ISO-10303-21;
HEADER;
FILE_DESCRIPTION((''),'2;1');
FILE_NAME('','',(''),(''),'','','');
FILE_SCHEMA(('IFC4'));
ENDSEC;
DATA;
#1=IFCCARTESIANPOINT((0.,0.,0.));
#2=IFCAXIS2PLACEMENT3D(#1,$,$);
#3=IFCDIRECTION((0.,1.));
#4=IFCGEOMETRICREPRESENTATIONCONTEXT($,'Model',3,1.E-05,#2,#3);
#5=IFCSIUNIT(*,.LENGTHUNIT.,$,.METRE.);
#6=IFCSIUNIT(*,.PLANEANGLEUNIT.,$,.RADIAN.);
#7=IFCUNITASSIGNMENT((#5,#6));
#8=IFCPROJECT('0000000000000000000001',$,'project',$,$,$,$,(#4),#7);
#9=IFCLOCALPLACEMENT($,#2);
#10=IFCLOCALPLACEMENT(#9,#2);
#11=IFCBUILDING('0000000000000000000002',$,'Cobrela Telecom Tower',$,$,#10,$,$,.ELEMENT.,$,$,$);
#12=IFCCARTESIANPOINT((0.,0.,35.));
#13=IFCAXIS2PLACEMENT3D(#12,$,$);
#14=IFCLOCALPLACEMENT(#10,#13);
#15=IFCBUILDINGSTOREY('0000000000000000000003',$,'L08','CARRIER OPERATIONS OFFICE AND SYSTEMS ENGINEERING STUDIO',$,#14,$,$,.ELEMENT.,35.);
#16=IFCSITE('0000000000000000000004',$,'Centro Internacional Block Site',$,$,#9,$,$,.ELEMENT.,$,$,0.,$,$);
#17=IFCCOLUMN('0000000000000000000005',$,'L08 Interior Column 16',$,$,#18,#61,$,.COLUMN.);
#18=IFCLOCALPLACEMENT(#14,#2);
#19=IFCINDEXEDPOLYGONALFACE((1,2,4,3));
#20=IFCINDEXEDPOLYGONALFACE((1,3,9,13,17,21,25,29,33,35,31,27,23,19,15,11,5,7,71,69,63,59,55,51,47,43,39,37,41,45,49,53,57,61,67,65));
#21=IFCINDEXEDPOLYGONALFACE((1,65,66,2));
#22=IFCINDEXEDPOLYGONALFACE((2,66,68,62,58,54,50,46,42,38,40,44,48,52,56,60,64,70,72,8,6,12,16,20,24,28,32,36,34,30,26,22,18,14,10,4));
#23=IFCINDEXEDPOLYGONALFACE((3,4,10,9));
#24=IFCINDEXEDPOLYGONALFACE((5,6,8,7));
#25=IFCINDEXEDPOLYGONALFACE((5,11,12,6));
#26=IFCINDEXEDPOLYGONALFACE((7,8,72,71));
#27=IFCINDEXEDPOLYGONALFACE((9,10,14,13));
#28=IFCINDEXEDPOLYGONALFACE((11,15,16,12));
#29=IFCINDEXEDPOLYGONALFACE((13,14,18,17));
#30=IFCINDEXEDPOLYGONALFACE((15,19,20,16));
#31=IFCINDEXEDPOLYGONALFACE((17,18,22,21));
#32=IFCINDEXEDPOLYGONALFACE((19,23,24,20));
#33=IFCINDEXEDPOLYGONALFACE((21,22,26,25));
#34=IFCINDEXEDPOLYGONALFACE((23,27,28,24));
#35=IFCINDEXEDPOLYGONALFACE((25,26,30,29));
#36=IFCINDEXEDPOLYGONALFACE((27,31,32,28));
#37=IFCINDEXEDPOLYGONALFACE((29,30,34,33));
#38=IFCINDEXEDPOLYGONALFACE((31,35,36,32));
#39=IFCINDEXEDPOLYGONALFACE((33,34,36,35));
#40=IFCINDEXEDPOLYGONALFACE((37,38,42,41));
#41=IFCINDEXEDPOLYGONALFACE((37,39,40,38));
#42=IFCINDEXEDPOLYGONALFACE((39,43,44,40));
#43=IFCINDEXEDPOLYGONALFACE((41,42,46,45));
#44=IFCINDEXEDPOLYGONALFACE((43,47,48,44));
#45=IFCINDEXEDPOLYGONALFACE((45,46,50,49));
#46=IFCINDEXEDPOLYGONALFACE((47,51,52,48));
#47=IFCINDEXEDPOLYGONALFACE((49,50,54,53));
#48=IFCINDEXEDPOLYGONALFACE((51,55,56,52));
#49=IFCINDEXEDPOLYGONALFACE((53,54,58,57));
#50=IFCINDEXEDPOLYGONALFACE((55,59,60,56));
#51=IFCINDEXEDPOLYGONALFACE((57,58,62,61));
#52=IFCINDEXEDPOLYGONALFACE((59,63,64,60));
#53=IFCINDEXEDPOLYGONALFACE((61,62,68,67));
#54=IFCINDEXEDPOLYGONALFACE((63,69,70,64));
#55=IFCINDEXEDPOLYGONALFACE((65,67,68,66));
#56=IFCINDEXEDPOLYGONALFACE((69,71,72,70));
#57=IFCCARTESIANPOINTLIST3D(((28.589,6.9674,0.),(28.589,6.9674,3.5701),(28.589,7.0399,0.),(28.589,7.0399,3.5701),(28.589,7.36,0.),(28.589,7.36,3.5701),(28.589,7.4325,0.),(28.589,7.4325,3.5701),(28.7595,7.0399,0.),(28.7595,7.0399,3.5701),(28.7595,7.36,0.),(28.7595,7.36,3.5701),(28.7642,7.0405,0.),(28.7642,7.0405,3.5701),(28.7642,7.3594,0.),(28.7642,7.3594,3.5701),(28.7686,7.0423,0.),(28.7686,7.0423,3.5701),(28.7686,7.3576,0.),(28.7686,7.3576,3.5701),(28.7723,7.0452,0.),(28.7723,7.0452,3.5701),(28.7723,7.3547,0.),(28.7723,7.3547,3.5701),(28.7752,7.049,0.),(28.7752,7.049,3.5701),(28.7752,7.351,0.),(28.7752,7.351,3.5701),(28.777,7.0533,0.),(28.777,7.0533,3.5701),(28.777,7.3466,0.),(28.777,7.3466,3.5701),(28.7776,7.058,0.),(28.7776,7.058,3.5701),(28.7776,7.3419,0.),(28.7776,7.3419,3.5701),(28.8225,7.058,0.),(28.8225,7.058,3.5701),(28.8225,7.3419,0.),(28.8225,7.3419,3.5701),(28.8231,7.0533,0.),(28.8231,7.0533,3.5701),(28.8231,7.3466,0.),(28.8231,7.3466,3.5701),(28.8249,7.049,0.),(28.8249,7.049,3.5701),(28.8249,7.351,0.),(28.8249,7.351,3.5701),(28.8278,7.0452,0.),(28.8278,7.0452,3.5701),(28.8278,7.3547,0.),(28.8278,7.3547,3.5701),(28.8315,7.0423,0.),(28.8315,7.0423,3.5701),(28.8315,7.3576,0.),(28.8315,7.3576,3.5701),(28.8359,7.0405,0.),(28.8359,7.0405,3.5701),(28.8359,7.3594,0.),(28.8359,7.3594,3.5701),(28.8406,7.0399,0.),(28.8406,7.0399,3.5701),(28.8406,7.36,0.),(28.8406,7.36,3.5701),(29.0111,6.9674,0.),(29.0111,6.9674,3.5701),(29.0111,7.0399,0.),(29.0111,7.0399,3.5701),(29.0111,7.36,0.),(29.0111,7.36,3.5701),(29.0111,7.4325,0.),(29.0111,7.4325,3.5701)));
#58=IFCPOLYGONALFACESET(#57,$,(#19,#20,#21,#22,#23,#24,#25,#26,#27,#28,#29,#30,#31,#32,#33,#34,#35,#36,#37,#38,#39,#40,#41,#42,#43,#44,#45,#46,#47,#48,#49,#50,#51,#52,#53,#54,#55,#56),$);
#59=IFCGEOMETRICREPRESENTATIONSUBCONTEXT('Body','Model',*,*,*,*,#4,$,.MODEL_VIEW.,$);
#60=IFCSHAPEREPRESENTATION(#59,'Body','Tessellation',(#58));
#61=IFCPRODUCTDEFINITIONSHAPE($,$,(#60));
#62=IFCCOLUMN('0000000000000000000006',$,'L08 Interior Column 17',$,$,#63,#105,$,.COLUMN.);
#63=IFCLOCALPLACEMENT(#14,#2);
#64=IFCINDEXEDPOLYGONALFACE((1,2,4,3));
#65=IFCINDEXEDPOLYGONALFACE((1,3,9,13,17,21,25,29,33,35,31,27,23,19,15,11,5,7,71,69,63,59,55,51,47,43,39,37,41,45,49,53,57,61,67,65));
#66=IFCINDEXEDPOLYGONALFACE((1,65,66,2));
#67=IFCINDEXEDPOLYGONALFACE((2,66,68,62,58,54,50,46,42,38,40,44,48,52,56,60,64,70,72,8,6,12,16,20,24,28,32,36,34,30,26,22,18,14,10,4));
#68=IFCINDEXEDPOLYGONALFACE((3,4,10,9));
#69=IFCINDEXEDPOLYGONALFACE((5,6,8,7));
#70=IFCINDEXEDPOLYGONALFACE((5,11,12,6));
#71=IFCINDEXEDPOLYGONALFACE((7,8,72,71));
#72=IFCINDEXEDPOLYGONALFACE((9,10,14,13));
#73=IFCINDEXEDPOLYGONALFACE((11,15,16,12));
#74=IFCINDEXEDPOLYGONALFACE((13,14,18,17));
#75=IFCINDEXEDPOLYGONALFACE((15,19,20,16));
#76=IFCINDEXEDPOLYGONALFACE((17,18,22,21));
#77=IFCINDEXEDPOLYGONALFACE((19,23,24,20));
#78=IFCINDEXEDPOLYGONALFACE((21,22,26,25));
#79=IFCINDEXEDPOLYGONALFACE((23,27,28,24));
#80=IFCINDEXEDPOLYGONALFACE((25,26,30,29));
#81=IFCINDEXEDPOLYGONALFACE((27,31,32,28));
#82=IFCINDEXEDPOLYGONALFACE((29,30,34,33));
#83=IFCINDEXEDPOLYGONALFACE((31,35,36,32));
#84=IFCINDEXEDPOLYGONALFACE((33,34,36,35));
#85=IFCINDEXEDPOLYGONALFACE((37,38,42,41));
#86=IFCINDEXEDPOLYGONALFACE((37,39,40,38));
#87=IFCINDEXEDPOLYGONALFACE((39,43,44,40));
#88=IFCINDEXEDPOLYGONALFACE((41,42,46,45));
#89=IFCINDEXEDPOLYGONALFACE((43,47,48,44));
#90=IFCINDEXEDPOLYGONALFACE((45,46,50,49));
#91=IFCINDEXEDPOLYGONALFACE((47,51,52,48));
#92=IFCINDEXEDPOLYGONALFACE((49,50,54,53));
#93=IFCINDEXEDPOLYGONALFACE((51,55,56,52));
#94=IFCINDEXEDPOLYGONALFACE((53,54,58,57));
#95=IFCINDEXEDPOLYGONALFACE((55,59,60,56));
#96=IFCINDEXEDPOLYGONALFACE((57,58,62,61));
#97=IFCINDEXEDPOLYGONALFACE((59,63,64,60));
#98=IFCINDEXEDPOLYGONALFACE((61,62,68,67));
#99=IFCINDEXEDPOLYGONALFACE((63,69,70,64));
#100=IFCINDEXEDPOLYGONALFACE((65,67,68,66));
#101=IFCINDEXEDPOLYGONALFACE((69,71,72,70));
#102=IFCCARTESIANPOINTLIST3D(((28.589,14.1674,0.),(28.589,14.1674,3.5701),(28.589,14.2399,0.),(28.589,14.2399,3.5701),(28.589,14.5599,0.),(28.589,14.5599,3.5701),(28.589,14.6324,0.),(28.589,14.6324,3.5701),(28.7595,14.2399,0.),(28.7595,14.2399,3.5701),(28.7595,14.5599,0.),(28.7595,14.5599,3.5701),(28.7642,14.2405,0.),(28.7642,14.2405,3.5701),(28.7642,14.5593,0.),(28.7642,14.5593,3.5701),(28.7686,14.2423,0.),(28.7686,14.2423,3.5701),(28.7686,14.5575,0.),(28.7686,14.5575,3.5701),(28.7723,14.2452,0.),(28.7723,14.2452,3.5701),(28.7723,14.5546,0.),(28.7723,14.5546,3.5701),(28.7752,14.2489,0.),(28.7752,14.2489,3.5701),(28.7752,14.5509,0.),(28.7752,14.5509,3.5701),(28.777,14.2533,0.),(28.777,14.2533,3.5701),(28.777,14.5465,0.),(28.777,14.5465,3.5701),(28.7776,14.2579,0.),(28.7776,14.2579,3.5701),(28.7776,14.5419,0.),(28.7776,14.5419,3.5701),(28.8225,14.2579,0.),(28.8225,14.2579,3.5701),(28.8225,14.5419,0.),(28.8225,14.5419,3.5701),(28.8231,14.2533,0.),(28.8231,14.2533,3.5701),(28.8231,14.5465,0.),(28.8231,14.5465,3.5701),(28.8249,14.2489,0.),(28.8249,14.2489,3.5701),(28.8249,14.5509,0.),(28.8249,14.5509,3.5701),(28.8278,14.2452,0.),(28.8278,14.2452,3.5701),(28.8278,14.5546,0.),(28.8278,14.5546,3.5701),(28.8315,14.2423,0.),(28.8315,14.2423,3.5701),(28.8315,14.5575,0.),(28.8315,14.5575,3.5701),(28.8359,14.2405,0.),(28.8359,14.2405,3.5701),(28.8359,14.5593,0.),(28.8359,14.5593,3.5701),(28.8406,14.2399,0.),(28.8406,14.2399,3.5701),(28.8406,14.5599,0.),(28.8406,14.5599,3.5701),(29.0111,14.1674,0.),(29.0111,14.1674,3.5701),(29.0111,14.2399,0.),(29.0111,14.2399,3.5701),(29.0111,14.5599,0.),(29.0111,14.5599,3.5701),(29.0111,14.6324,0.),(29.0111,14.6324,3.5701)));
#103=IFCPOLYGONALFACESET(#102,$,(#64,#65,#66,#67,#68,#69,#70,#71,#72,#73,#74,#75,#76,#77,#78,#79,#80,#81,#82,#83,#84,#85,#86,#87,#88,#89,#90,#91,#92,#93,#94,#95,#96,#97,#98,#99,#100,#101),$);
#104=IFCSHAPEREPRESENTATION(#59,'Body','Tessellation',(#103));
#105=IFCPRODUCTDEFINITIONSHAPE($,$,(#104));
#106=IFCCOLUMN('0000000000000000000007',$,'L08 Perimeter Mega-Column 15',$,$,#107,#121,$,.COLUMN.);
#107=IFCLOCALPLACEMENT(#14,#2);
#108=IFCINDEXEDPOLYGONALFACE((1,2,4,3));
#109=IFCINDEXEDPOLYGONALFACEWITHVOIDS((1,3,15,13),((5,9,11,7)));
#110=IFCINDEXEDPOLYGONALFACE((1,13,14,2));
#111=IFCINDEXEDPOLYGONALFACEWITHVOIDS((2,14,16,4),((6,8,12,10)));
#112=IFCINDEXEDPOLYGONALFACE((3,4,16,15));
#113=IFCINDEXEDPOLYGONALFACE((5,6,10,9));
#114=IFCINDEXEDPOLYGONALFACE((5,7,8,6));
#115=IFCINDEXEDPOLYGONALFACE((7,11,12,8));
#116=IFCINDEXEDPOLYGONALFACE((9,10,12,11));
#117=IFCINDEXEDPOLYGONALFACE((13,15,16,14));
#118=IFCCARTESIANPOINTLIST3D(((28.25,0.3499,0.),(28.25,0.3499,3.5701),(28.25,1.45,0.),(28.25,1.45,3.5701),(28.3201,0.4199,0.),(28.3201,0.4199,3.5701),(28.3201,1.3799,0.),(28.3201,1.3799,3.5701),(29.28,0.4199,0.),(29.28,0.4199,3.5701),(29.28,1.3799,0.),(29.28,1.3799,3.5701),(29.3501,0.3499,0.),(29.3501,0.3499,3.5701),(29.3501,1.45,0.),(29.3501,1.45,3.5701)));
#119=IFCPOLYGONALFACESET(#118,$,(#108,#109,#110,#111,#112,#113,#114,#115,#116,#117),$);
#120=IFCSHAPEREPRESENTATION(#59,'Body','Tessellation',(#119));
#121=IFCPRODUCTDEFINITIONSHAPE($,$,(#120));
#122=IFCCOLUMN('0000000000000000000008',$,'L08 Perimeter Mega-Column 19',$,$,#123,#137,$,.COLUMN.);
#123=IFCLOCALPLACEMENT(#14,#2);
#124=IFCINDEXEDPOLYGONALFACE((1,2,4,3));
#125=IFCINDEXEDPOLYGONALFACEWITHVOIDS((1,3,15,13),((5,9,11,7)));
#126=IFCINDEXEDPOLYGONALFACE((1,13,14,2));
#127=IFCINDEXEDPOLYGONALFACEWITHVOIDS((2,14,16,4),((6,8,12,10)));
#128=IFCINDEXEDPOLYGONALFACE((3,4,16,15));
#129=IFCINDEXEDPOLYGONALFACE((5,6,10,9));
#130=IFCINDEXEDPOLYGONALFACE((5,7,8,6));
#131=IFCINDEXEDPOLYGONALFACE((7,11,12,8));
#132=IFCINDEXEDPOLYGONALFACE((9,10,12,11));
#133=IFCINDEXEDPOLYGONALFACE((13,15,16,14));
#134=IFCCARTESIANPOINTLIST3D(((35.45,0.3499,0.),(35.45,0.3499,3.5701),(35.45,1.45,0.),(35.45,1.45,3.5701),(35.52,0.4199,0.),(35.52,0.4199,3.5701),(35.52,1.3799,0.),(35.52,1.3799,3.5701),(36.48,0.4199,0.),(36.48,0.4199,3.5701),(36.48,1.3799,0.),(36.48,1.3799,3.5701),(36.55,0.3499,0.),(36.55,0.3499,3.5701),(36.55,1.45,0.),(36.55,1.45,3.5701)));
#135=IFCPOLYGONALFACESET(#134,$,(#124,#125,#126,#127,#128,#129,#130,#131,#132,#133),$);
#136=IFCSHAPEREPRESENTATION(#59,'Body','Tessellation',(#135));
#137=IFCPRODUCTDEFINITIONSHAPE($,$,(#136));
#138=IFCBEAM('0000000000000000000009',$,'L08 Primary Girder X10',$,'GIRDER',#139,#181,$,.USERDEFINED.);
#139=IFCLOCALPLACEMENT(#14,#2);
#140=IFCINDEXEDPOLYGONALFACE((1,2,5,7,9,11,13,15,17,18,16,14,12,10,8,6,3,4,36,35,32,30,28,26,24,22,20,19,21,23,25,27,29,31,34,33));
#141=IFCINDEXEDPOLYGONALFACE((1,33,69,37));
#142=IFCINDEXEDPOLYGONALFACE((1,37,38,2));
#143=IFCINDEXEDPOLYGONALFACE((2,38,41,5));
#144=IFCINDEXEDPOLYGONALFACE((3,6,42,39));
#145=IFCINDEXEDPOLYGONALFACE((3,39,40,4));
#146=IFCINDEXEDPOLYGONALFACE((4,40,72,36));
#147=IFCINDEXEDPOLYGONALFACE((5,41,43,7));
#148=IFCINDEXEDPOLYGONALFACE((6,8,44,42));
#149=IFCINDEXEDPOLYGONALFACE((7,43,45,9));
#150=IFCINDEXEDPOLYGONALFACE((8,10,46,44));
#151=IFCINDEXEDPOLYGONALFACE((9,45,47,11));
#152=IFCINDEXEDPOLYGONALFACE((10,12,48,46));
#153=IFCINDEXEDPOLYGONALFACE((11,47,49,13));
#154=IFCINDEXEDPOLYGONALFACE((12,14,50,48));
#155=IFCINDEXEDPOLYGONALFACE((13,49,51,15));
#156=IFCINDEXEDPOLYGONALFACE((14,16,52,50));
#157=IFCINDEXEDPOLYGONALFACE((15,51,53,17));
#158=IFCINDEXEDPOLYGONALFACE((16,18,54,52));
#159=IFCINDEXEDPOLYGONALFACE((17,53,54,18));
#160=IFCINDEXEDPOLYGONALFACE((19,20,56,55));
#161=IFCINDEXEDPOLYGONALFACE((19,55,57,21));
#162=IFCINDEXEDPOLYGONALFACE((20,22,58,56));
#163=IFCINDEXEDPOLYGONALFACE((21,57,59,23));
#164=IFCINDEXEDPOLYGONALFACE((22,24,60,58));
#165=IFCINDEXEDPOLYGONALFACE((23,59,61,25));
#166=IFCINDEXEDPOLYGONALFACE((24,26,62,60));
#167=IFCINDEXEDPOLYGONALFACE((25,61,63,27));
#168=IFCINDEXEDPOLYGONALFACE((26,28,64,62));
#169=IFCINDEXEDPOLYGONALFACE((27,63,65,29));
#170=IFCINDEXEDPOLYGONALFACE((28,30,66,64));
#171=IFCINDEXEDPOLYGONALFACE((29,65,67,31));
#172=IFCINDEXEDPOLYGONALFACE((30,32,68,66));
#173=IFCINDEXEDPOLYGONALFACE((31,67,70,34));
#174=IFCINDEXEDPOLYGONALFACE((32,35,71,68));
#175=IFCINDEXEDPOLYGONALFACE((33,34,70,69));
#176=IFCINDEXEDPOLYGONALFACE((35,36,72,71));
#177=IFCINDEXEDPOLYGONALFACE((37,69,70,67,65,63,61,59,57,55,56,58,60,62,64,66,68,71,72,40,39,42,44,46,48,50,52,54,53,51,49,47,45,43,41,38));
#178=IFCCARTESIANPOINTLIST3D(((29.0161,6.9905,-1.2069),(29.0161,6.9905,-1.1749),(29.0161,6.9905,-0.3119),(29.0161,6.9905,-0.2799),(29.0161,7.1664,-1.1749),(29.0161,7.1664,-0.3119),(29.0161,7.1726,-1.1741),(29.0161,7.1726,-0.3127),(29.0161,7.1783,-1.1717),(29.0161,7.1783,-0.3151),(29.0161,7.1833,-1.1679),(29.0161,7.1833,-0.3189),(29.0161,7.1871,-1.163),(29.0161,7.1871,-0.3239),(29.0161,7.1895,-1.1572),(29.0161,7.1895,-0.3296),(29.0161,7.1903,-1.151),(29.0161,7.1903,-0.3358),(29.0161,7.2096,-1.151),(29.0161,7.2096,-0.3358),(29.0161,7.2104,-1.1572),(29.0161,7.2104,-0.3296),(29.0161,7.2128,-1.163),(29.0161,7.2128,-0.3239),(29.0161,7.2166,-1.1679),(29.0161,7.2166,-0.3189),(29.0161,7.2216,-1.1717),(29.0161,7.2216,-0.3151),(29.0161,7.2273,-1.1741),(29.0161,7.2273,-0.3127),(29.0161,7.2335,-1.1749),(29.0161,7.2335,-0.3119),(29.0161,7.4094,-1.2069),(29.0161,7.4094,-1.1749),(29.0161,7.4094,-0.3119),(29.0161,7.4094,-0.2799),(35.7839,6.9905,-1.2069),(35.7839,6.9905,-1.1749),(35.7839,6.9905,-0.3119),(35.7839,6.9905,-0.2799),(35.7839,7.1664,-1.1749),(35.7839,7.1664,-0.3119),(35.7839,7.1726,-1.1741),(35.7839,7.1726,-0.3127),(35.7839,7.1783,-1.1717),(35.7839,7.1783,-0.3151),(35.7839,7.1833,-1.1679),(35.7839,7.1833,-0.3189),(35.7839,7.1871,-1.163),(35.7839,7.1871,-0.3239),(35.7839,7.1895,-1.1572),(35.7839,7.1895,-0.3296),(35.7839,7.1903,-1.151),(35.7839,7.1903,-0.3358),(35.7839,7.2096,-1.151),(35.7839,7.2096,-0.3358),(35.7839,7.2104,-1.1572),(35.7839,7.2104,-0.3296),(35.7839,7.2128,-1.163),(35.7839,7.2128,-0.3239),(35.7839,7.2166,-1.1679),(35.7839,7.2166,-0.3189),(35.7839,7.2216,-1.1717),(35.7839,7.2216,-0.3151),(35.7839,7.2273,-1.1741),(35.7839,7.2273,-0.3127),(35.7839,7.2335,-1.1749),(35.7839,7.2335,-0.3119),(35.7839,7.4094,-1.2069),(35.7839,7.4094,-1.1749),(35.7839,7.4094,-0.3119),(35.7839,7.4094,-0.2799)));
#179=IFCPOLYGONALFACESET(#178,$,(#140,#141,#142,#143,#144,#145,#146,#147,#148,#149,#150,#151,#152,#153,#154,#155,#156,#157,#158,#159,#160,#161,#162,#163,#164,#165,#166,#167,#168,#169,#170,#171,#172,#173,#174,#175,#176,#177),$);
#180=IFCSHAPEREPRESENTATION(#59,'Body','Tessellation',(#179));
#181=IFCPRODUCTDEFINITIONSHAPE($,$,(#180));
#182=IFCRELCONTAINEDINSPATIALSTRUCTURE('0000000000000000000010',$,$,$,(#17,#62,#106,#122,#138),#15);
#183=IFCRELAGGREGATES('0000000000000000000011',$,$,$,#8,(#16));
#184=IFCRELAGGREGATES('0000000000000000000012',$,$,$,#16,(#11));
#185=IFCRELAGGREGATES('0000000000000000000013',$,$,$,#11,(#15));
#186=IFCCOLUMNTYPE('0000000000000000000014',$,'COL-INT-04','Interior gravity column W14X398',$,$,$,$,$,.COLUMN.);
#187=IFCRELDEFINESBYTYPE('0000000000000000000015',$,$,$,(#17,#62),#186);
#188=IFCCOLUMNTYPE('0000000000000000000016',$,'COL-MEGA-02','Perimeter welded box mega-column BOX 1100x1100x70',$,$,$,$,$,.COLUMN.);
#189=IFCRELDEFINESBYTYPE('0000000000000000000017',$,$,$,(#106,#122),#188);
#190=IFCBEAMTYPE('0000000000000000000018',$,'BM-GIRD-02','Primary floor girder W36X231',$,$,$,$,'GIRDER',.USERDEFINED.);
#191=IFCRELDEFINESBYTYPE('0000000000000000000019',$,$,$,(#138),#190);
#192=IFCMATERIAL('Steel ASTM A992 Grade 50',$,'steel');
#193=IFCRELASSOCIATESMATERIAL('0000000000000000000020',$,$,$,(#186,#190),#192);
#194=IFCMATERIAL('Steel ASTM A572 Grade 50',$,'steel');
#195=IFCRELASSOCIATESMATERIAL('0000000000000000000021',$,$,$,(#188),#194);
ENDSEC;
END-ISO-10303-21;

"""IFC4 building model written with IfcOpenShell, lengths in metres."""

from ifc_helpers import new_model, si_unit, direction, frame, origin, origin_2d, place, context, subcontext, project, spatial, hollow_rectangle, i_section, extrude, material, material_profile, profile_set, type_object, element, save


model = new_model("IFC4")

# Units and contexts
model_context = context("Model", 3, precision=1e-05, world=origin(), true_north=direction((0.0, 1.0)))
body_context = subcontext(model_context, "Body", "Model", "MODEL_VIEW")
ifc_project = project(units=[si_unit("LENGTHUNIT", "METRE"), si_unit("PLANEANGLEUNIT", "RADIAN")], contexts=[model_context])

# Site, building, storey
site_placement = place(None, origin())
site = spatial("IfcSite", under=ifc_project, at=site_placement, Name="Centro Internacional Block Site", CompositionType="ELEMENT", RefElevation=0.0)
building_placement = place(site_placement, origin())
building = spatial("IfcBuilding", under=site, at=building_placement, Name="Cobrela Telecom Tower", CompositionType="ELEMENT")
storey_placement = place(building_placement, frame((0.0, 0.0, 35.0)))
storey = spatial("IfcBuildingStorey", under=building, at=storey_placement, Name="L08", Description="CARRIER OPERATIONS OFFICE AND SYSTEMS ENGINEERING STUDIO", CompositionType="ELEMENT", Elevation=35.0)

# Columns
ifc_material_1 = material(Name="Steel ASTM A992 Grade 50", Category="steel")
ifc_material_profile_1 = material_profile(ifc_material_1, i_section(OverallWidth=0.4221, OverallDepth=0.4651, WebThickness=0.0449, FlangeThickness=0.0725, FilletRadius=0.0181, at=origin_2d()), Name="W14X398")
ifc_profile_set_1 = profile_set([ifc_material_profile_1], Name="Steel ASTM A992 Grade 50")
column_type_1 = type_object("IfcColumnType", Name="COL-INT-04", Description="Interior gravity column W14X398", PredefinedType="COLUMN", material=ifc_profile_set_1)
for number, where, z_axis, x_axis, name in (
    (1, (28.8, 7.2, 0.0), (0.0, 0.0, 1.0), (1.0, 0.0, 0.0), "L08 Interior Column 16"),
    (2, (28.8, 14.3999, 0.0), (0.0, 0.0, 1.0), (1.0, 0.0, 0.0), "L08 Interior Column 17"),
):
    element("IfcColumn", number, at=place(storey_placement, frame(where, z_axis=z_axis, x_axis=x_axis)), inside=storey, type_object=column_type_1, Name=name, PredefinedType="COLUMN", context=body_context, shape_type="SweptSolid", body=[
        extrude(i_section(OverallWidth=0.4221, OverallDepth=0.4651, WebThickness=0.0449, FlangeThickness=0.0725, FilletRadius=0.0181, at=origin_2d()), origin(), (0.0, 0.0, 1.0), 3.5701),
    ])
ifc_material_2 = material(Name="Steel ASTM A572 Grade 50", Category="steel")
ifc_material_profile_2 = material_profile(ifc_material_2, hollow_rectangle(XDim=1.1001, YDim=1.1001, WallThickness=0.0701, at=origin_2d()), Name="BOX 1100x1100x70")
ifc_profile_set_2 = profile_set([ifc_material_profile_2], Name="Steel ASTM A572 Grade 50")
column_type_2 = type_object("IfcColumnType", Name="COL-MEGA-02", Description="Perimeter welded box mega-column BOX 1100x1100x70", PredefinedType="COLUMN", material=ifc_profile_set_2)
for number, where, z_axis, x_axis, name in (
    (3, (28.8, 0.8999, 0.0), (0.0, 0.0, 1.0), (1.0, 0.0, 0.0), "L08 Perimeter Mega-Column 15"),
    (4, (36.0, 0.8999, 0.0), (0.0, 0.0, 1.0), (1.0, 0.0, 0.0), "L08 Perimeter Mega-Column 19"),
):
    element("IfcColumn", number, at=place(storey_placement, frame(where, z_axis=z_axis, x_axis=x_axis)), inside=storey, type_object=column_type_2, Name=name, PredefinedType="COLUMN", context=body_context, shape_type="SweptSolid", body=[
        extrude(hollow_rectangle(XDim=1.1001, YDim=1.1001, WallThickness=0.0701, at=origin_2d()), origin(), (0.0, 0.0, 1.0), 3.5701),
    ])

# Beam
ifc_material_profile_3 = material_profile(ifc_material_1, i_section(OverallWidth=0.4189, OverallDepth=0.927, WebThickness=0.0193, FlangeThickness=0.032, FilletRadius=0.0239, at=origin_2d()), Name="W36X231")
ifc_profile_set_3 = profile_set([ifc_material_profile_3], Name="Steel ASTM A992 Grade 50")
beam_type_1 = type_object("IfcBeamType", Name="BM-GIRD-02", Description="Primary floor girder W36X231", ElementType="GIRDER", PredefinedType="USERDEFINED", material=ifc_profile_set_3)
for number, where, z_axis, x_axis, name in (
    (5, (29.0161, 7.2, -0.7434), (1.0, 0.0, 0.0), (0.0, 1.0, 0.0), "L08 Primary Girder X10"),
):
    element("IfcBeam", number, at=place(storey_placement, frame(where, z_axis=z_axis, x_axis=x_axis)), inside=storey, type_object=beam_type_1, Name=name, ObjectType="GIRDER", PredefinedType="USERDEFINED", context=body_context, shape_type="SweptSolid", body=[
        extrude(i_section(OverallWidth=0.4189, OverallDepth=0.927, WebThickness=0.0193, FlangeThickness=0.032, FilletRadius=0.0239, at=origin_2d()), origin(), (0.0, 0.0, 1.0), 6.7678),
    ])

save(model, "model.ifc")
